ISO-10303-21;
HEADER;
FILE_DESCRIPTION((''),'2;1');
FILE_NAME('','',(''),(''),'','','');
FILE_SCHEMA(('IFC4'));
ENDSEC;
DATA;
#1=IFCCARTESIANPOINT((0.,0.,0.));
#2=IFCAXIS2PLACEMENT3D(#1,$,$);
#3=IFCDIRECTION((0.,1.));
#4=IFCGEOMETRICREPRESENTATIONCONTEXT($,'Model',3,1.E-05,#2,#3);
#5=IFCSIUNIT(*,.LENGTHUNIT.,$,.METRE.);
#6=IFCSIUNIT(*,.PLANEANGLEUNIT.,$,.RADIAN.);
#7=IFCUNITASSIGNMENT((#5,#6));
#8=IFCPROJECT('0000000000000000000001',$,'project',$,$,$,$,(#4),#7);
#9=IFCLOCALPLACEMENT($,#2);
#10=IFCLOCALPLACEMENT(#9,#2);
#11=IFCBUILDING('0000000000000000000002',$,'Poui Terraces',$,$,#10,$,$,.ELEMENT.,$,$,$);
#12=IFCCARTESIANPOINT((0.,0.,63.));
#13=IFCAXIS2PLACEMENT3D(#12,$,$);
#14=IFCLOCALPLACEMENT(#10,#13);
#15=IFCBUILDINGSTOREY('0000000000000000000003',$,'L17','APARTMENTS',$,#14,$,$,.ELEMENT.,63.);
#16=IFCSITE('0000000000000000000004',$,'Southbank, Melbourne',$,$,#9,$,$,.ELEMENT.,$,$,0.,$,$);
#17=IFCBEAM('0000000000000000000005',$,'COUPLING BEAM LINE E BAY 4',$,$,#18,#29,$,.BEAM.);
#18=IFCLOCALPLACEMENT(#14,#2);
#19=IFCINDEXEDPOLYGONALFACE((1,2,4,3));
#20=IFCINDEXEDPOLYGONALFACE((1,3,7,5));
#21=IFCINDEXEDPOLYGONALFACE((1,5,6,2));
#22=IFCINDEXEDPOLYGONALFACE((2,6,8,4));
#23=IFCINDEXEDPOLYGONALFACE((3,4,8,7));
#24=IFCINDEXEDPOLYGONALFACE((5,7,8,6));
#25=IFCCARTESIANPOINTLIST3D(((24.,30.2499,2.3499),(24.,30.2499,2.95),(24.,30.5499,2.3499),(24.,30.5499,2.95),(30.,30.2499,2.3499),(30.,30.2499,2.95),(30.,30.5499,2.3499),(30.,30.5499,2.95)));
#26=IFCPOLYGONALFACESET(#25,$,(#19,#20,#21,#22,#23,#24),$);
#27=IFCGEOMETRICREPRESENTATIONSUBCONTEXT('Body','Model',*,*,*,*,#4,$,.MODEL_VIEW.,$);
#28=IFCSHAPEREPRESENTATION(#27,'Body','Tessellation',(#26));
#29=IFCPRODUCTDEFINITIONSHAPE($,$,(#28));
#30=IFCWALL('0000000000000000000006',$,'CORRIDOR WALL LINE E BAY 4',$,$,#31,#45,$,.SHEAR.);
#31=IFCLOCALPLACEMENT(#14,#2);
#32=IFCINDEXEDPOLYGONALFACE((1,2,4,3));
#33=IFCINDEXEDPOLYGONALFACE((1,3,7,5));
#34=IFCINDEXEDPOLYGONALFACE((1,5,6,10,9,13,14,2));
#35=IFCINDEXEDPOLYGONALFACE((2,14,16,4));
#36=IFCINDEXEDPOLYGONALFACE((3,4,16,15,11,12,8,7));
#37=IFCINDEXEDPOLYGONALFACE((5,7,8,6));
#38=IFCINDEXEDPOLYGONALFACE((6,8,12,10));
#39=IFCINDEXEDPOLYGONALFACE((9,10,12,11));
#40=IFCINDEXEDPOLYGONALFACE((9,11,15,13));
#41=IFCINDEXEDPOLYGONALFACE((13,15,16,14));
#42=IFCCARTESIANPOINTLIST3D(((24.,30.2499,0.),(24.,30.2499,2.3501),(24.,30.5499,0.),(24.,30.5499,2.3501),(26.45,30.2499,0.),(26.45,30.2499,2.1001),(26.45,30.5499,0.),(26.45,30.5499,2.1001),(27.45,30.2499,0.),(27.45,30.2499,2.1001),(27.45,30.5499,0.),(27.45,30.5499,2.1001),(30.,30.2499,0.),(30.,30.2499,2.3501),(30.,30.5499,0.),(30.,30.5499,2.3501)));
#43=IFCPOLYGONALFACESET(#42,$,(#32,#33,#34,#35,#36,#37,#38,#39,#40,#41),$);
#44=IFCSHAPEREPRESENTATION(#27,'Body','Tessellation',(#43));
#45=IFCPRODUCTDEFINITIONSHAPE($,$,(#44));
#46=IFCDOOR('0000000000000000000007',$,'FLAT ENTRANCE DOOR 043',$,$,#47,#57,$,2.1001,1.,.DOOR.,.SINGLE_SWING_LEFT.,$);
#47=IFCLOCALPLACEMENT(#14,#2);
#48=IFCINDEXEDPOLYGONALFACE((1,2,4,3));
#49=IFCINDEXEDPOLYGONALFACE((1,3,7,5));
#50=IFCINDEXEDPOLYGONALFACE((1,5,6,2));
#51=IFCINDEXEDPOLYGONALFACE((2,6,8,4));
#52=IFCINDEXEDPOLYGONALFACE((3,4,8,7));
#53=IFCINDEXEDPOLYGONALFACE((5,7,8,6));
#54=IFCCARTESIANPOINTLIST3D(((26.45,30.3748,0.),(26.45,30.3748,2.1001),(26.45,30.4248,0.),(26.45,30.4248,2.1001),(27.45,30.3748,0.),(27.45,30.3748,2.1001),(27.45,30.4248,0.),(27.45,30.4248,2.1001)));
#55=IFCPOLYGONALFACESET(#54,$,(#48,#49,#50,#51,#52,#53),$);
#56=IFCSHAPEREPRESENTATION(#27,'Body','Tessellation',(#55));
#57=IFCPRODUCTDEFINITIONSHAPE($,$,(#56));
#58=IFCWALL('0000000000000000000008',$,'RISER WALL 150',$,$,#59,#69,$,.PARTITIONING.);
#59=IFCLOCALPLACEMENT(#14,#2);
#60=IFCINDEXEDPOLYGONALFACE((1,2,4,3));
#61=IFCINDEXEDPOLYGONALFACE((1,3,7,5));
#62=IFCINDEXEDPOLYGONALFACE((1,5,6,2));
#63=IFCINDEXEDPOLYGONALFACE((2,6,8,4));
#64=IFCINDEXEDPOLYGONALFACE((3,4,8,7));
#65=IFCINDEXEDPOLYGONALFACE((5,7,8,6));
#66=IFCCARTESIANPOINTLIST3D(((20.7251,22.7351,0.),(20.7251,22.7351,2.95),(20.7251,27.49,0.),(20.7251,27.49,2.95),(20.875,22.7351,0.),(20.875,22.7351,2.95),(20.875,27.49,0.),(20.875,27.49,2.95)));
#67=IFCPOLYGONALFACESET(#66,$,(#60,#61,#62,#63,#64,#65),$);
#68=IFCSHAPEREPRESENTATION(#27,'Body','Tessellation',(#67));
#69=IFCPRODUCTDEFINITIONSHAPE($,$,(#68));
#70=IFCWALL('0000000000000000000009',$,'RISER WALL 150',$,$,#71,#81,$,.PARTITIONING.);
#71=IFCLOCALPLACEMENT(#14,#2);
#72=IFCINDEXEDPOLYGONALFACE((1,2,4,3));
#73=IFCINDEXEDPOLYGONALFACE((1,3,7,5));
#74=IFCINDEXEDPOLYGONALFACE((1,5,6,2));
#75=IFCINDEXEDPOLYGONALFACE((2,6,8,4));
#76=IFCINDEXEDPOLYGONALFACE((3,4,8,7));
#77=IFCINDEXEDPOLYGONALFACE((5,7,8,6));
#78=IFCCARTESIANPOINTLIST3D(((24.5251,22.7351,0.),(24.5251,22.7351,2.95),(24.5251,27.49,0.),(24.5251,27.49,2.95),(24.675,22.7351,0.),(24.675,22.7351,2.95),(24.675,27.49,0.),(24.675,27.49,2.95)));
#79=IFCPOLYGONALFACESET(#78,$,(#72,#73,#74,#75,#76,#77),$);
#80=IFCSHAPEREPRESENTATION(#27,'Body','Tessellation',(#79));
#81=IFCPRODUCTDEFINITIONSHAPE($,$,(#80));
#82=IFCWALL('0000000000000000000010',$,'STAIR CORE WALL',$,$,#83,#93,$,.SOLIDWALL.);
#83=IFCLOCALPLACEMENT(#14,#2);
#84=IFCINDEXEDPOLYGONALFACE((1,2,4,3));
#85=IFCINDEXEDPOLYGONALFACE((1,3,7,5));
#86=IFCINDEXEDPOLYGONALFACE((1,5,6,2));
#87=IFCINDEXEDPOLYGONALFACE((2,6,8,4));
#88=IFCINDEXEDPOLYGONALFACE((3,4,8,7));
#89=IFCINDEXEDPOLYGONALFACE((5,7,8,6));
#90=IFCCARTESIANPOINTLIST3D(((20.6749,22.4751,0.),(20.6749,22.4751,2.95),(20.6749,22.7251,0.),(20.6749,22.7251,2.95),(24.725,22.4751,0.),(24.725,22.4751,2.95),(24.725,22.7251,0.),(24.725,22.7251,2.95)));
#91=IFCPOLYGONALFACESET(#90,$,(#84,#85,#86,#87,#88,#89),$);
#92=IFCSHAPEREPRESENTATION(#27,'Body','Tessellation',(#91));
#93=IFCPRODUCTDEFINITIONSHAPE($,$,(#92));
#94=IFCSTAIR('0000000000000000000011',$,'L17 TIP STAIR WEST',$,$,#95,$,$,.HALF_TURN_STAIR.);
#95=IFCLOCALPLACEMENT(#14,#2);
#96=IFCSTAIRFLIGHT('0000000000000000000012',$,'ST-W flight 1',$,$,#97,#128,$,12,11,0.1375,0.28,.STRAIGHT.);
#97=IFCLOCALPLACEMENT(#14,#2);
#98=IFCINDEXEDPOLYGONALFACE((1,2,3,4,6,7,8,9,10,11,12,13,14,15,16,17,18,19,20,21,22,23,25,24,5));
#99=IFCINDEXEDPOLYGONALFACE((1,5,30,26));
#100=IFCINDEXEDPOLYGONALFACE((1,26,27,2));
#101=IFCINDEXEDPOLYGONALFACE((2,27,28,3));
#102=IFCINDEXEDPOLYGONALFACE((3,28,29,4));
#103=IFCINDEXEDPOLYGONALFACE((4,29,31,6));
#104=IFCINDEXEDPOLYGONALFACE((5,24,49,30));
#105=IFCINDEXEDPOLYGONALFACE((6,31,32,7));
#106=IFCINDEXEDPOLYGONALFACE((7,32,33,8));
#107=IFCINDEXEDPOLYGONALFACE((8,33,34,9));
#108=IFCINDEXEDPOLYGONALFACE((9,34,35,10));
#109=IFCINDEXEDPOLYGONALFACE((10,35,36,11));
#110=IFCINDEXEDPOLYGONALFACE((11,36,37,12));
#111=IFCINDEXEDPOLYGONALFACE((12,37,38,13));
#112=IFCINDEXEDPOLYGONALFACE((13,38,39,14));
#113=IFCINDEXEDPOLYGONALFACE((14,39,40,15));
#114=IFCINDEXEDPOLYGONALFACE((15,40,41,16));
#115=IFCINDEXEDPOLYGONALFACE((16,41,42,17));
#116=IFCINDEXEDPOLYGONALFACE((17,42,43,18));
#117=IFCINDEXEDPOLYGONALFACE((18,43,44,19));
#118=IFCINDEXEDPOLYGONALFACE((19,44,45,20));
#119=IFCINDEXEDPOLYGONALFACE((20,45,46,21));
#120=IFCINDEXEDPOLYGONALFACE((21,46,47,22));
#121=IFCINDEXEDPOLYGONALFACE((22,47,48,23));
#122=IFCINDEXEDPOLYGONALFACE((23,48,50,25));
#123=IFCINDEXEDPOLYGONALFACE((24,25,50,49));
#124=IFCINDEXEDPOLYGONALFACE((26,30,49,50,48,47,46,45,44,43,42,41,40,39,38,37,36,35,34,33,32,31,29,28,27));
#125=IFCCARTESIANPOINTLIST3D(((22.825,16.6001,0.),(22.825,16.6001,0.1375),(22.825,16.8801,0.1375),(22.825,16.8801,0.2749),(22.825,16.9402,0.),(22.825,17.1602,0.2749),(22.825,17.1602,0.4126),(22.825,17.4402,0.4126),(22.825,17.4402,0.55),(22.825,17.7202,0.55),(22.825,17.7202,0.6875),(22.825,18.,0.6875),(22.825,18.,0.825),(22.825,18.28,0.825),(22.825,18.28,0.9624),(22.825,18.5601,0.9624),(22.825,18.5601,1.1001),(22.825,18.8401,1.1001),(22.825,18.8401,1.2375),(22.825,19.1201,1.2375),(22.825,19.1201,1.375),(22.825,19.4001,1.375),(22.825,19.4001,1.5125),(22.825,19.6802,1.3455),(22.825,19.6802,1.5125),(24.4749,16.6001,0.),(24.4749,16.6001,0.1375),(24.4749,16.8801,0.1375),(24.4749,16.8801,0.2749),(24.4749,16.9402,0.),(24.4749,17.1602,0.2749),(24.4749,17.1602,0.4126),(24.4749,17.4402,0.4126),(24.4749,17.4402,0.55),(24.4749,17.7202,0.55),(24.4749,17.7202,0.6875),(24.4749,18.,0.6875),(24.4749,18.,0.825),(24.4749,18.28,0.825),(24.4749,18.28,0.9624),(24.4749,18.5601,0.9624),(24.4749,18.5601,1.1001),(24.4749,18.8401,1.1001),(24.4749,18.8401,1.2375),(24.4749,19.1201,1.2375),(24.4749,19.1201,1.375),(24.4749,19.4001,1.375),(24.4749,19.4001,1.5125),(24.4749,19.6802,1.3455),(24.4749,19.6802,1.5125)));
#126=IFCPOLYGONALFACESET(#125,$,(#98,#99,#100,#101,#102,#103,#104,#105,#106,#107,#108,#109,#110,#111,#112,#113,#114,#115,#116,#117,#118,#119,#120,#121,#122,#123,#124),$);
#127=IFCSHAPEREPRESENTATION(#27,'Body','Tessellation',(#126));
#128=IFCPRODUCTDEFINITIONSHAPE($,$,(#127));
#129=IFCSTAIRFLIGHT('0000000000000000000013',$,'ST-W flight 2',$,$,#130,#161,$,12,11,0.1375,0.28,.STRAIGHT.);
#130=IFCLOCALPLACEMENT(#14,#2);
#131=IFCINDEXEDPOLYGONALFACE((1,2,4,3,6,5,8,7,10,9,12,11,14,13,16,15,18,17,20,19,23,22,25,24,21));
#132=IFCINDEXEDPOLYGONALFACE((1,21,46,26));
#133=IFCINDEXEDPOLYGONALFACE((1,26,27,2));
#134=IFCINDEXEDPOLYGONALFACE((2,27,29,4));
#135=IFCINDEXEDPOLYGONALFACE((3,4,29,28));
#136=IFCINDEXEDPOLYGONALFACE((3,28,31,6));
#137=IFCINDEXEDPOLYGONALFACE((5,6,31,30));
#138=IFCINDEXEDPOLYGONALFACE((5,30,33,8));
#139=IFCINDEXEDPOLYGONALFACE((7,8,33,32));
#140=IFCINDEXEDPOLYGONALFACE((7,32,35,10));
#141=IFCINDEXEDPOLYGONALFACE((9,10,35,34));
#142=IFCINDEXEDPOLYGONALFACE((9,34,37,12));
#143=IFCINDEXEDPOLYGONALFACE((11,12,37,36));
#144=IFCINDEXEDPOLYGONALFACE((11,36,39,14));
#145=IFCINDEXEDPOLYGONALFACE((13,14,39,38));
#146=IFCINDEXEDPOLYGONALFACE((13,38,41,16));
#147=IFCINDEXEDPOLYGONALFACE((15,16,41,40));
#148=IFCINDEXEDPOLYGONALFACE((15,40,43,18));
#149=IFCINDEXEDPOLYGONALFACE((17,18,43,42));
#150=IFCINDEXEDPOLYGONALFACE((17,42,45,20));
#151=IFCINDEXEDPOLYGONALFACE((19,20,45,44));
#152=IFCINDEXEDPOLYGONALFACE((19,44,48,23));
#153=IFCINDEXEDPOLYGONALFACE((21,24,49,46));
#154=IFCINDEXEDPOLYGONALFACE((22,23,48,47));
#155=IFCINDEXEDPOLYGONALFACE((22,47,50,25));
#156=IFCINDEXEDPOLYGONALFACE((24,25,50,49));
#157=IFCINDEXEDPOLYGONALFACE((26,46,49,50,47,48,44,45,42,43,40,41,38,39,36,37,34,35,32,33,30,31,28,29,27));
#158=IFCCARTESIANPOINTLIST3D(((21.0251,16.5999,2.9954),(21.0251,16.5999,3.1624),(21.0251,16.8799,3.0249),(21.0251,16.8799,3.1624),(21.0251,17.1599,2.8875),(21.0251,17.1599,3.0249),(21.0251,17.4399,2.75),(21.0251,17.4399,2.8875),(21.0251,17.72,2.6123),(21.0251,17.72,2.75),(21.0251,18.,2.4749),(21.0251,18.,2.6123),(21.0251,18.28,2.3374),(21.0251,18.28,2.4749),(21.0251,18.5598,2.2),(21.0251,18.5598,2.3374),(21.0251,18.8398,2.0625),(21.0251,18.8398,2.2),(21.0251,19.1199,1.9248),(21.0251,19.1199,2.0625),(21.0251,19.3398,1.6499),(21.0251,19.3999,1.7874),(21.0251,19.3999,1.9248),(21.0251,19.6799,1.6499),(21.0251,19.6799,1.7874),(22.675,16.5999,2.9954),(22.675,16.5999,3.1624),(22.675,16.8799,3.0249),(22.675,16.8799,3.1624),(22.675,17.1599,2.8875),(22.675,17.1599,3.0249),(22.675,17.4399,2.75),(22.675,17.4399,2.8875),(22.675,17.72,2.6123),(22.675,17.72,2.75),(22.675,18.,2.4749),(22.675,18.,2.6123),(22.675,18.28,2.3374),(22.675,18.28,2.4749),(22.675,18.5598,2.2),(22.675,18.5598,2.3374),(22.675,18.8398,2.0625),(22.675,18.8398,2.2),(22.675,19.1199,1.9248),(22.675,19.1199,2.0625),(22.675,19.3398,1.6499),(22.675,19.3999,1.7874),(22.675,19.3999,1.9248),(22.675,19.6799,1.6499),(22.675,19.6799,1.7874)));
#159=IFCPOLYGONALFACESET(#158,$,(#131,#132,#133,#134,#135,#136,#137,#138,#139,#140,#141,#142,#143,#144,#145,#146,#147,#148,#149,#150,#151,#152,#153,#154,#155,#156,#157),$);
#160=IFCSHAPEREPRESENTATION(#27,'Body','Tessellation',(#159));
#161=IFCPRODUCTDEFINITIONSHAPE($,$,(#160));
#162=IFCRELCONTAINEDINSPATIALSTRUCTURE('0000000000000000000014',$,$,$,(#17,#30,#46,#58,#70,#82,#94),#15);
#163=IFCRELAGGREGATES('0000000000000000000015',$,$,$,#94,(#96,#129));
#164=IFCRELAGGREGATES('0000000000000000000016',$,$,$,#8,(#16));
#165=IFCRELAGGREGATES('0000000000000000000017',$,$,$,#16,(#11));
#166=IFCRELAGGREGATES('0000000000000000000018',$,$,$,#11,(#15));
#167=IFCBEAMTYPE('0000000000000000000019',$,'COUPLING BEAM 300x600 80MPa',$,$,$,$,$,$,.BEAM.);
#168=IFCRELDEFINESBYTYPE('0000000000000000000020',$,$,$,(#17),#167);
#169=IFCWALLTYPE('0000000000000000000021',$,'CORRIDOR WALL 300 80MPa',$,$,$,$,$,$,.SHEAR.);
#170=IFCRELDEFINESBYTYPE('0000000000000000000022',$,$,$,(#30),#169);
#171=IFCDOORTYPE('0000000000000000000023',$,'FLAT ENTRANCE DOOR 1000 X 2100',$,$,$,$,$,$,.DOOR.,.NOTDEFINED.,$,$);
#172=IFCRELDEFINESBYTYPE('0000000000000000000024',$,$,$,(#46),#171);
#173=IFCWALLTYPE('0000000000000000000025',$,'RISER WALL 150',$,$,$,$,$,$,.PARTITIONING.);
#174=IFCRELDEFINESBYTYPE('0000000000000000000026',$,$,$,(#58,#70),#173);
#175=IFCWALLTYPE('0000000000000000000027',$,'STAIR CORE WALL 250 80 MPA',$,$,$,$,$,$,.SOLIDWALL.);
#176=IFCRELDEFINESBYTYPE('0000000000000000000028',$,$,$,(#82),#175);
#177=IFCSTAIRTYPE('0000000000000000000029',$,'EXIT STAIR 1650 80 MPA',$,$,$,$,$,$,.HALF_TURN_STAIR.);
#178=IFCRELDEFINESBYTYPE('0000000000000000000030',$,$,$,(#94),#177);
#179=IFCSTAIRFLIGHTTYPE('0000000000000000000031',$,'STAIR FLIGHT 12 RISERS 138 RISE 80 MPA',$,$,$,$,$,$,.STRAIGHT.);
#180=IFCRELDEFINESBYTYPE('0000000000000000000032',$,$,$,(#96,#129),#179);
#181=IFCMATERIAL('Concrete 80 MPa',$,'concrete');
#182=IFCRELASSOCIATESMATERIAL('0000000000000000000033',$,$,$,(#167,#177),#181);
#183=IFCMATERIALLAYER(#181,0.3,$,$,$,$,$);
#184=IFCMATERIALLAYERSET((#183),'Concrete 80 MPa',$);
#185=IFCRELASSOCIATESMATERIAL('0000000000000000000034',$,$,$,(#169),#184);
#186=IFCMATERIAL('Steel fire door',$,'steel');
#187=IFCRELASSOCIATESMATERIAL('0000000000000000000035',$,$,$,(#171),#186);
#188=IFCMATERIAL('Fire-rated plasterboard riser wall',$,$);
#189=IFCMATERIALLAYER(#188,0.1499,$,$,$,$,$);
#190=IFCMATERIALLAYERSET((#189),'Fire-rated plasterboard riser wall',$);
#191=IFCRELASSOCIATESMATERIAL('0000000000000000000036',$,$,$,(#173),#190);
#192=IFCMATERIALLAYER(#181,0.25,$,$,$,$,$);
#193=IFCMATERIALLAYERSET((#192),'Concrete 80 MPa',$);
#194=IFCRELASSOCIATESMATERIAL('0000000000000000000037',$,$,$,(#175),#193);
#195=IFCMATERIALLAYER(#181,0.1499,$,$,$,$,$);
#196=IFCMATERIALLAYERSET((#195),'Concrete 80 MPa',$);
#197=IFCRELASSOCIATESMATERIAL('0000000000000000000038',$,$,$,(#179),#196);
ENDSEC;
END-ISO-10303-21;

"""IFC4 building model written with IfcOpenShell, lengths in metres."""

from ifc_helpers import new_model, si_unit, direction, frame, frame_2d, origin, origin_2d, place, context, subcontext, project, spatial, polyline, rectangle, outline, extrude, source, transform, mapped, material, layer, layer_set, material_profile, profile_set, type_object, element, fill, aggregate, save


model = new_model("IFC4")

# Units and contexts
model_context = context("Model", 3, precision=1e-05, world=origin(), true_north=direction((0.0, 1.0)))
body_context = subcontext(model_context, "Body", "Model", "MODEL_VIEW")
ifc_project = project(units=[si_unit("LENGTHUNIT", "METRE"), si_unit("PLANEANGLEUNIT", "RADIAN")], contexts=[model_context])

# Site, building, storey
site_placement = place(None, origin())
site = spatial("IfcSite", under=ifc_project, at=site_placement, Name="Southbank, Melbourne", CompositionType="ELEMENT", RefElevation=0.0)
building_placement = place(site_placement, origin())
building = spatial("IfcBuilding", under=site, at=building_placement, Name="Poui Terraces", CompositionType="ELEMENT")
storey_placement = place(building_placement, frame((0.0, 0.0, 63.0)))
storey = spatial("IfcBuildingStorey", under=building, at=storey_placement, Name="L17", Description="APARTMENTS", CompositionType="ELEMENT", Elevation=63.0)

# Beam
ifc_material_1 = material(Name="Concrete 80 MPa", Category="concrete")
ifc_material_profile = material_profile(ifc_material_1, rectangle(XDim=0.3, YDim=0.6001, at=origin_2d()), Name="RC 300x600")
ifc_profile_set = profile_set([ifc_material_profile], Name="Concrete 80 MPa")
beam_type = type_object("IfcBeamType", Name="COUPLING BEAM 300x600 80MPa", PredefinedType="BEAM", material=ifc_profile_set)
shared_shape = source(origin(), body_context, "Body", "SweptSolid", [
    extrude(rectangle(XDim=0.3, YDim=0.6001, at=origin_2d()), origin(), (0.0, 0.0, 1.0), 6.0),
])
beam_placement = place(storey_placement, frame((24.0, 30.3999, 2.6499), z_axis=(1.0, 0.0, 0.0), x_axis=(0.0, 1.0, 0.0)))
element("IfcBeam", 1, at=beam_placement, inside=storey, type_object=beam_type, Name="COUPLING BEAM LINE E BAY 4", PredefinedType="BEAM", context=body_context, shape_type="MappedRepresentation", body=[
    mapped(shared_shape, transform((0.0, 0.0, 0.0))),
])

# Wall, opening, door
ifc_layer_1 = layer(ifc_material_1, 0.3)
ifc_layer_set_1 = layer_set([ifc_layer_1], Name="Concrete 80 MPa")
wall_type_1 = type_object("IfcWallType", Name="CORRIDOR WALL 300 80MPa", PredefinedType="SHEAR", material=ifc_layer_set_1)
wall_1_placement = place(storey_placement, frame((24.0, 30.3999, 0.0), z_axis=(0.0, 0.0, 1.0), x_axis=(1.0, 0.0, 0.0)))
wall_1 = element("IfcWall", 2, at=wall_1_placement, inside=storey, type_object=wall_type_1, Name="CORRIDOR WALL LINE E BAY 4", PredefinedType="SHEAR", context=body_context, shape_type="SweptSolid", body=[
    extrude(rectangle(XDim=6.0, YDim=0.3, at=frame_2d((3.0, 0.0))), origin(), (0.0, 0.0, 1.0), 2.3501),
])
opening_placement = place(wall_1_placement, frame((2.45, 0.0, 0.0)))
opening = element("IfcOpeningElement", 3, at=opening_placement, cuts=wall_1, PredefinedType="OPENING", context=body_context, shape_type="SweptSolid", body=[
    extrude(rectangle(XDim=1.0, YDim=2.1001, at=frame_2d((0.5, 1.05))), frame((0.0, 0.1602, 0.0), z_axis=(0.0, -1.0, 0.0), x_axis=(1.0, 0.0, 0.0)), (0.0, 0.0, 1.0), 0.3201),
])
ifc_material_2 = material(Name="Steel fire door", Category="steel")
door_type = type_object("IfcDoorType", Name="FLAT ENTRANCE DOOR 1000 X 2100", OperationType="NOTDEFINED", PredefinedType="DOOR", material=ifc_material_2)
door_placement = place(opening_placement, origin())
door = element("IfcDoor", 4, at=door_placement, inside=storey, type_object=door_type, Name="FLAT ENTRANCE DOOR 043", OperationType="SINGLE_SWING_LEFT", OverallHeight=2.1001, OverallWidth=1.0, PredefinedType="DOOR", context=body_context, shape_type="SweptSolid", body=[
    extrude(rectangle(XDim=1.0, YDim=2.1001, at=frame_2d((0.5, 1.05))), frame((0.0, 0.0249, 0.0), z_axis=(0.0, -1.0, 0.0), x_axis=(1.0, 0.0, 0.0)), (0.0, 0.0, 1.0), 0.05),
])
fill(opening, door)

# Walls
ifc_material_3 = material(Name="Fire-rated plasterboard riser wall")
ifc_layer_2 = layer(ifc_material_3, 0.1499)
ifc_layer_set_2 = layer_set([ifc_layer_2], Name="Fire-rated plasterboard riser wall")
wall_type_2 = type_object("IfcWallType", Name="RISER WALL 150", PredefinedType="PARTITIONING", material=ifc_layer_set_2)
for number, where, z_axis, x_axis, name in (
    (5, (20.8, 22.7351, 0.0), (0.0, 0.0, 1.0), (0.0, 1.0, 0.0), "RISER WALL 150"),
    (6, (24.6001, 22.7351, 0.0), (0.0, 0.0, 1.0), (0.0, 1.0, 0.0), "RISER WALL 150"),
):
    element("IfcWall", number, at=place(storey_placement, frame(where, z_axis=z_axis, x_axis=x_axis)), inside=storey, type_object=wall_type_2, Name=name, PredefinedType="PARTITIONING", context=body_context, shape_type="SweptSolid", body=[
        extrude(rectangle(XDim=4.7549, YDim=0.1499, at=frame_2d((2.3774, 0.0))), origin(), (0.0, 0.0, 1.0), 2.95),
    ])
ifc_layer_3 = layer(ifc_material_1, 0.25)
ifc_layer_set_3 = layer_set([ifc_layer_3], Name="Concrete 80 MPa")
wall_type_3 = type_object("IfcWallType", Name="STAIR CORE WALL 250 80 MPA", PredefinedType="SOLIDWALL", material=ifc_layer_set_3)
wall_2_placement = place(storey_placement, frame((20.675, 22.6001, 0.0), z_axis=(0.0, 0.0, 1.0), x_axis=(1.0, 0.0, 0.0)))
element("IfcWall", 7, at=wall_2_placement, inside=storey, type_object=wall_type_3, Name="STAIR CORE WALL", PredefinedType="SOLIDWALL", context=body_context, shape_type="SweptSolid", body=[
    extrude(rectangle(XDim=4.05, YDim=0.25, at=frame_2d((2.0249, 0.0))), origin(), (0.0, 0.0, 1.0), 2.95),
])

# Stair, stair flights
stair_type = type_object("IfcStairType", Name="EXIT STAIR 1650 80 MPA", PredefinedType="HALF_TURN_STAIR", material=ifc_material_1)
stair_placement = place(storey_placement, origin())
stair = element("IfcStair", 8, at=stair_placement, inside=storey, type_object=stair_type, Name="L17 TIP STAIR WEST", PredefinedType="HALF_TURN_STAIR")
ifc_layer_4 = layer(ifc_material_1, 0.1499)
ifc_layer_set_4 = layer_set([ifc_layer_4], Name="Concrete 80 MPa")
stair_flight_type = type_object("IfcStairFlightType", Name="STAIR FLIGHT 12 RISERS 138 RISE 80 MPA", PredefinedType="STRAIGHT", material=ifc_layer_set_4)
stair_flight_1_placement = place(storey_placement, frame((23.6499, 16.6001, 0.0), z_axis=(0.0, 0.0, 1.0), x_axis=(0.0, 1.0, 0.0)))
stair_flight_1 = element("IfcStairFlight", 9, at=stair_flight_1_placement, type_object=stair_flight_type, Name="ST-W flight 1", NumberOfRisers=12, NumberOfTreads=11, PredefinedType="STRAIGHT", RiserHeight=0.1375, TreadLength=0.28, context=body_context, shape_type="SweptSolid", body=[
    extrude(outline(polyline([(0.0, 0.0), (0.0, 0.1375), (0.28, 0.1375), (0.28, 0.2749), (0.5601, 0.2749), (0.5601, 0.4126), (0.8401, 0.4126), (0.8401, 0.55), (1.1201, 0.55), (1.1201, 0.6875), (1.3999, 0.6875), (1.3999, 0.825), (1.6799, 0.825), (1.6799, 0.9624), (1.96, 0.9624), (1.96, 1.1001), (2.24, 1.1001), (2.24, 1.2375), (2.52, 1.2375), (2.52, 1.375), (2.8, 1.375), (2.8, 1.5125), (3.0801, 1.5125), (3.0801, 1.6499), (3.0801, 1.3455), (0.3401, 0.0), (0.0, 0.0)])), frame((0.0, 0.825, 0.0), z_axis=(0.0, -1.0, 0.0), x_axis=(1.0, 0.0, 0.0)), (0.0, 0.0, 1.0), 1.6499),
])
stair_flight_2_placement = place(storey_placement, frame((21.8501, 19.6799, 1.6499), z_axis=(0.0, 0.0, 1.0), x_axis=(0.0, -1.0, 0.0)))
stair_flight_2 = element("IfcStairFlight", 10, at=stair_flight_2_placement, type_object=stair_flight_type, Name="ST-W flight 2", NumberOfRisers=12, NumberOfTreads=11, PredefinedType="STRAIGHT", RiserHeight=0.1375, TreadLength=0.28, context=body_context, shape_type="SweptSolid", body=[
    extrude(outline(polyline([(0.0, 0.0), (0.0, 0.1375), (0.28, 0.1375), (0.28, 0.2749), (0.5601, 0.2749), (0.5601, 0.4126), (0.8401, 0.4126), (0.8401, 0.55), (1.1201, 0.55), (1.1201, 0.6875), (1.3999, 0.6875), (1.3999, 0.825), (1.6799, 0.825), (1.6799, 0.9624), (1.96, 0.9624), (1.96, 1.1001), (2.24, 1.1001), (2.24, 1.2375), (2.52, 1.2375), (2.52, 1.375), (2.8, 1.375), (2.8, 1.5125), (3.0801, 1.5125), (3.0801, 1.6499), (3.0801, 1.3455), (0.3401, 0.0), (0.0, 0.0)])), frame((0.0, 0.825, 0.0), z_axis=(0.0, -1.0, 0.0), x_axis=(1.0, 0.0, 0.0)), (0.0, 0.0, 1.0), 1.6499),
])
aggregate(stair, [stair_flight_1, stair_flight_2])

save(model, "model.ifc")
